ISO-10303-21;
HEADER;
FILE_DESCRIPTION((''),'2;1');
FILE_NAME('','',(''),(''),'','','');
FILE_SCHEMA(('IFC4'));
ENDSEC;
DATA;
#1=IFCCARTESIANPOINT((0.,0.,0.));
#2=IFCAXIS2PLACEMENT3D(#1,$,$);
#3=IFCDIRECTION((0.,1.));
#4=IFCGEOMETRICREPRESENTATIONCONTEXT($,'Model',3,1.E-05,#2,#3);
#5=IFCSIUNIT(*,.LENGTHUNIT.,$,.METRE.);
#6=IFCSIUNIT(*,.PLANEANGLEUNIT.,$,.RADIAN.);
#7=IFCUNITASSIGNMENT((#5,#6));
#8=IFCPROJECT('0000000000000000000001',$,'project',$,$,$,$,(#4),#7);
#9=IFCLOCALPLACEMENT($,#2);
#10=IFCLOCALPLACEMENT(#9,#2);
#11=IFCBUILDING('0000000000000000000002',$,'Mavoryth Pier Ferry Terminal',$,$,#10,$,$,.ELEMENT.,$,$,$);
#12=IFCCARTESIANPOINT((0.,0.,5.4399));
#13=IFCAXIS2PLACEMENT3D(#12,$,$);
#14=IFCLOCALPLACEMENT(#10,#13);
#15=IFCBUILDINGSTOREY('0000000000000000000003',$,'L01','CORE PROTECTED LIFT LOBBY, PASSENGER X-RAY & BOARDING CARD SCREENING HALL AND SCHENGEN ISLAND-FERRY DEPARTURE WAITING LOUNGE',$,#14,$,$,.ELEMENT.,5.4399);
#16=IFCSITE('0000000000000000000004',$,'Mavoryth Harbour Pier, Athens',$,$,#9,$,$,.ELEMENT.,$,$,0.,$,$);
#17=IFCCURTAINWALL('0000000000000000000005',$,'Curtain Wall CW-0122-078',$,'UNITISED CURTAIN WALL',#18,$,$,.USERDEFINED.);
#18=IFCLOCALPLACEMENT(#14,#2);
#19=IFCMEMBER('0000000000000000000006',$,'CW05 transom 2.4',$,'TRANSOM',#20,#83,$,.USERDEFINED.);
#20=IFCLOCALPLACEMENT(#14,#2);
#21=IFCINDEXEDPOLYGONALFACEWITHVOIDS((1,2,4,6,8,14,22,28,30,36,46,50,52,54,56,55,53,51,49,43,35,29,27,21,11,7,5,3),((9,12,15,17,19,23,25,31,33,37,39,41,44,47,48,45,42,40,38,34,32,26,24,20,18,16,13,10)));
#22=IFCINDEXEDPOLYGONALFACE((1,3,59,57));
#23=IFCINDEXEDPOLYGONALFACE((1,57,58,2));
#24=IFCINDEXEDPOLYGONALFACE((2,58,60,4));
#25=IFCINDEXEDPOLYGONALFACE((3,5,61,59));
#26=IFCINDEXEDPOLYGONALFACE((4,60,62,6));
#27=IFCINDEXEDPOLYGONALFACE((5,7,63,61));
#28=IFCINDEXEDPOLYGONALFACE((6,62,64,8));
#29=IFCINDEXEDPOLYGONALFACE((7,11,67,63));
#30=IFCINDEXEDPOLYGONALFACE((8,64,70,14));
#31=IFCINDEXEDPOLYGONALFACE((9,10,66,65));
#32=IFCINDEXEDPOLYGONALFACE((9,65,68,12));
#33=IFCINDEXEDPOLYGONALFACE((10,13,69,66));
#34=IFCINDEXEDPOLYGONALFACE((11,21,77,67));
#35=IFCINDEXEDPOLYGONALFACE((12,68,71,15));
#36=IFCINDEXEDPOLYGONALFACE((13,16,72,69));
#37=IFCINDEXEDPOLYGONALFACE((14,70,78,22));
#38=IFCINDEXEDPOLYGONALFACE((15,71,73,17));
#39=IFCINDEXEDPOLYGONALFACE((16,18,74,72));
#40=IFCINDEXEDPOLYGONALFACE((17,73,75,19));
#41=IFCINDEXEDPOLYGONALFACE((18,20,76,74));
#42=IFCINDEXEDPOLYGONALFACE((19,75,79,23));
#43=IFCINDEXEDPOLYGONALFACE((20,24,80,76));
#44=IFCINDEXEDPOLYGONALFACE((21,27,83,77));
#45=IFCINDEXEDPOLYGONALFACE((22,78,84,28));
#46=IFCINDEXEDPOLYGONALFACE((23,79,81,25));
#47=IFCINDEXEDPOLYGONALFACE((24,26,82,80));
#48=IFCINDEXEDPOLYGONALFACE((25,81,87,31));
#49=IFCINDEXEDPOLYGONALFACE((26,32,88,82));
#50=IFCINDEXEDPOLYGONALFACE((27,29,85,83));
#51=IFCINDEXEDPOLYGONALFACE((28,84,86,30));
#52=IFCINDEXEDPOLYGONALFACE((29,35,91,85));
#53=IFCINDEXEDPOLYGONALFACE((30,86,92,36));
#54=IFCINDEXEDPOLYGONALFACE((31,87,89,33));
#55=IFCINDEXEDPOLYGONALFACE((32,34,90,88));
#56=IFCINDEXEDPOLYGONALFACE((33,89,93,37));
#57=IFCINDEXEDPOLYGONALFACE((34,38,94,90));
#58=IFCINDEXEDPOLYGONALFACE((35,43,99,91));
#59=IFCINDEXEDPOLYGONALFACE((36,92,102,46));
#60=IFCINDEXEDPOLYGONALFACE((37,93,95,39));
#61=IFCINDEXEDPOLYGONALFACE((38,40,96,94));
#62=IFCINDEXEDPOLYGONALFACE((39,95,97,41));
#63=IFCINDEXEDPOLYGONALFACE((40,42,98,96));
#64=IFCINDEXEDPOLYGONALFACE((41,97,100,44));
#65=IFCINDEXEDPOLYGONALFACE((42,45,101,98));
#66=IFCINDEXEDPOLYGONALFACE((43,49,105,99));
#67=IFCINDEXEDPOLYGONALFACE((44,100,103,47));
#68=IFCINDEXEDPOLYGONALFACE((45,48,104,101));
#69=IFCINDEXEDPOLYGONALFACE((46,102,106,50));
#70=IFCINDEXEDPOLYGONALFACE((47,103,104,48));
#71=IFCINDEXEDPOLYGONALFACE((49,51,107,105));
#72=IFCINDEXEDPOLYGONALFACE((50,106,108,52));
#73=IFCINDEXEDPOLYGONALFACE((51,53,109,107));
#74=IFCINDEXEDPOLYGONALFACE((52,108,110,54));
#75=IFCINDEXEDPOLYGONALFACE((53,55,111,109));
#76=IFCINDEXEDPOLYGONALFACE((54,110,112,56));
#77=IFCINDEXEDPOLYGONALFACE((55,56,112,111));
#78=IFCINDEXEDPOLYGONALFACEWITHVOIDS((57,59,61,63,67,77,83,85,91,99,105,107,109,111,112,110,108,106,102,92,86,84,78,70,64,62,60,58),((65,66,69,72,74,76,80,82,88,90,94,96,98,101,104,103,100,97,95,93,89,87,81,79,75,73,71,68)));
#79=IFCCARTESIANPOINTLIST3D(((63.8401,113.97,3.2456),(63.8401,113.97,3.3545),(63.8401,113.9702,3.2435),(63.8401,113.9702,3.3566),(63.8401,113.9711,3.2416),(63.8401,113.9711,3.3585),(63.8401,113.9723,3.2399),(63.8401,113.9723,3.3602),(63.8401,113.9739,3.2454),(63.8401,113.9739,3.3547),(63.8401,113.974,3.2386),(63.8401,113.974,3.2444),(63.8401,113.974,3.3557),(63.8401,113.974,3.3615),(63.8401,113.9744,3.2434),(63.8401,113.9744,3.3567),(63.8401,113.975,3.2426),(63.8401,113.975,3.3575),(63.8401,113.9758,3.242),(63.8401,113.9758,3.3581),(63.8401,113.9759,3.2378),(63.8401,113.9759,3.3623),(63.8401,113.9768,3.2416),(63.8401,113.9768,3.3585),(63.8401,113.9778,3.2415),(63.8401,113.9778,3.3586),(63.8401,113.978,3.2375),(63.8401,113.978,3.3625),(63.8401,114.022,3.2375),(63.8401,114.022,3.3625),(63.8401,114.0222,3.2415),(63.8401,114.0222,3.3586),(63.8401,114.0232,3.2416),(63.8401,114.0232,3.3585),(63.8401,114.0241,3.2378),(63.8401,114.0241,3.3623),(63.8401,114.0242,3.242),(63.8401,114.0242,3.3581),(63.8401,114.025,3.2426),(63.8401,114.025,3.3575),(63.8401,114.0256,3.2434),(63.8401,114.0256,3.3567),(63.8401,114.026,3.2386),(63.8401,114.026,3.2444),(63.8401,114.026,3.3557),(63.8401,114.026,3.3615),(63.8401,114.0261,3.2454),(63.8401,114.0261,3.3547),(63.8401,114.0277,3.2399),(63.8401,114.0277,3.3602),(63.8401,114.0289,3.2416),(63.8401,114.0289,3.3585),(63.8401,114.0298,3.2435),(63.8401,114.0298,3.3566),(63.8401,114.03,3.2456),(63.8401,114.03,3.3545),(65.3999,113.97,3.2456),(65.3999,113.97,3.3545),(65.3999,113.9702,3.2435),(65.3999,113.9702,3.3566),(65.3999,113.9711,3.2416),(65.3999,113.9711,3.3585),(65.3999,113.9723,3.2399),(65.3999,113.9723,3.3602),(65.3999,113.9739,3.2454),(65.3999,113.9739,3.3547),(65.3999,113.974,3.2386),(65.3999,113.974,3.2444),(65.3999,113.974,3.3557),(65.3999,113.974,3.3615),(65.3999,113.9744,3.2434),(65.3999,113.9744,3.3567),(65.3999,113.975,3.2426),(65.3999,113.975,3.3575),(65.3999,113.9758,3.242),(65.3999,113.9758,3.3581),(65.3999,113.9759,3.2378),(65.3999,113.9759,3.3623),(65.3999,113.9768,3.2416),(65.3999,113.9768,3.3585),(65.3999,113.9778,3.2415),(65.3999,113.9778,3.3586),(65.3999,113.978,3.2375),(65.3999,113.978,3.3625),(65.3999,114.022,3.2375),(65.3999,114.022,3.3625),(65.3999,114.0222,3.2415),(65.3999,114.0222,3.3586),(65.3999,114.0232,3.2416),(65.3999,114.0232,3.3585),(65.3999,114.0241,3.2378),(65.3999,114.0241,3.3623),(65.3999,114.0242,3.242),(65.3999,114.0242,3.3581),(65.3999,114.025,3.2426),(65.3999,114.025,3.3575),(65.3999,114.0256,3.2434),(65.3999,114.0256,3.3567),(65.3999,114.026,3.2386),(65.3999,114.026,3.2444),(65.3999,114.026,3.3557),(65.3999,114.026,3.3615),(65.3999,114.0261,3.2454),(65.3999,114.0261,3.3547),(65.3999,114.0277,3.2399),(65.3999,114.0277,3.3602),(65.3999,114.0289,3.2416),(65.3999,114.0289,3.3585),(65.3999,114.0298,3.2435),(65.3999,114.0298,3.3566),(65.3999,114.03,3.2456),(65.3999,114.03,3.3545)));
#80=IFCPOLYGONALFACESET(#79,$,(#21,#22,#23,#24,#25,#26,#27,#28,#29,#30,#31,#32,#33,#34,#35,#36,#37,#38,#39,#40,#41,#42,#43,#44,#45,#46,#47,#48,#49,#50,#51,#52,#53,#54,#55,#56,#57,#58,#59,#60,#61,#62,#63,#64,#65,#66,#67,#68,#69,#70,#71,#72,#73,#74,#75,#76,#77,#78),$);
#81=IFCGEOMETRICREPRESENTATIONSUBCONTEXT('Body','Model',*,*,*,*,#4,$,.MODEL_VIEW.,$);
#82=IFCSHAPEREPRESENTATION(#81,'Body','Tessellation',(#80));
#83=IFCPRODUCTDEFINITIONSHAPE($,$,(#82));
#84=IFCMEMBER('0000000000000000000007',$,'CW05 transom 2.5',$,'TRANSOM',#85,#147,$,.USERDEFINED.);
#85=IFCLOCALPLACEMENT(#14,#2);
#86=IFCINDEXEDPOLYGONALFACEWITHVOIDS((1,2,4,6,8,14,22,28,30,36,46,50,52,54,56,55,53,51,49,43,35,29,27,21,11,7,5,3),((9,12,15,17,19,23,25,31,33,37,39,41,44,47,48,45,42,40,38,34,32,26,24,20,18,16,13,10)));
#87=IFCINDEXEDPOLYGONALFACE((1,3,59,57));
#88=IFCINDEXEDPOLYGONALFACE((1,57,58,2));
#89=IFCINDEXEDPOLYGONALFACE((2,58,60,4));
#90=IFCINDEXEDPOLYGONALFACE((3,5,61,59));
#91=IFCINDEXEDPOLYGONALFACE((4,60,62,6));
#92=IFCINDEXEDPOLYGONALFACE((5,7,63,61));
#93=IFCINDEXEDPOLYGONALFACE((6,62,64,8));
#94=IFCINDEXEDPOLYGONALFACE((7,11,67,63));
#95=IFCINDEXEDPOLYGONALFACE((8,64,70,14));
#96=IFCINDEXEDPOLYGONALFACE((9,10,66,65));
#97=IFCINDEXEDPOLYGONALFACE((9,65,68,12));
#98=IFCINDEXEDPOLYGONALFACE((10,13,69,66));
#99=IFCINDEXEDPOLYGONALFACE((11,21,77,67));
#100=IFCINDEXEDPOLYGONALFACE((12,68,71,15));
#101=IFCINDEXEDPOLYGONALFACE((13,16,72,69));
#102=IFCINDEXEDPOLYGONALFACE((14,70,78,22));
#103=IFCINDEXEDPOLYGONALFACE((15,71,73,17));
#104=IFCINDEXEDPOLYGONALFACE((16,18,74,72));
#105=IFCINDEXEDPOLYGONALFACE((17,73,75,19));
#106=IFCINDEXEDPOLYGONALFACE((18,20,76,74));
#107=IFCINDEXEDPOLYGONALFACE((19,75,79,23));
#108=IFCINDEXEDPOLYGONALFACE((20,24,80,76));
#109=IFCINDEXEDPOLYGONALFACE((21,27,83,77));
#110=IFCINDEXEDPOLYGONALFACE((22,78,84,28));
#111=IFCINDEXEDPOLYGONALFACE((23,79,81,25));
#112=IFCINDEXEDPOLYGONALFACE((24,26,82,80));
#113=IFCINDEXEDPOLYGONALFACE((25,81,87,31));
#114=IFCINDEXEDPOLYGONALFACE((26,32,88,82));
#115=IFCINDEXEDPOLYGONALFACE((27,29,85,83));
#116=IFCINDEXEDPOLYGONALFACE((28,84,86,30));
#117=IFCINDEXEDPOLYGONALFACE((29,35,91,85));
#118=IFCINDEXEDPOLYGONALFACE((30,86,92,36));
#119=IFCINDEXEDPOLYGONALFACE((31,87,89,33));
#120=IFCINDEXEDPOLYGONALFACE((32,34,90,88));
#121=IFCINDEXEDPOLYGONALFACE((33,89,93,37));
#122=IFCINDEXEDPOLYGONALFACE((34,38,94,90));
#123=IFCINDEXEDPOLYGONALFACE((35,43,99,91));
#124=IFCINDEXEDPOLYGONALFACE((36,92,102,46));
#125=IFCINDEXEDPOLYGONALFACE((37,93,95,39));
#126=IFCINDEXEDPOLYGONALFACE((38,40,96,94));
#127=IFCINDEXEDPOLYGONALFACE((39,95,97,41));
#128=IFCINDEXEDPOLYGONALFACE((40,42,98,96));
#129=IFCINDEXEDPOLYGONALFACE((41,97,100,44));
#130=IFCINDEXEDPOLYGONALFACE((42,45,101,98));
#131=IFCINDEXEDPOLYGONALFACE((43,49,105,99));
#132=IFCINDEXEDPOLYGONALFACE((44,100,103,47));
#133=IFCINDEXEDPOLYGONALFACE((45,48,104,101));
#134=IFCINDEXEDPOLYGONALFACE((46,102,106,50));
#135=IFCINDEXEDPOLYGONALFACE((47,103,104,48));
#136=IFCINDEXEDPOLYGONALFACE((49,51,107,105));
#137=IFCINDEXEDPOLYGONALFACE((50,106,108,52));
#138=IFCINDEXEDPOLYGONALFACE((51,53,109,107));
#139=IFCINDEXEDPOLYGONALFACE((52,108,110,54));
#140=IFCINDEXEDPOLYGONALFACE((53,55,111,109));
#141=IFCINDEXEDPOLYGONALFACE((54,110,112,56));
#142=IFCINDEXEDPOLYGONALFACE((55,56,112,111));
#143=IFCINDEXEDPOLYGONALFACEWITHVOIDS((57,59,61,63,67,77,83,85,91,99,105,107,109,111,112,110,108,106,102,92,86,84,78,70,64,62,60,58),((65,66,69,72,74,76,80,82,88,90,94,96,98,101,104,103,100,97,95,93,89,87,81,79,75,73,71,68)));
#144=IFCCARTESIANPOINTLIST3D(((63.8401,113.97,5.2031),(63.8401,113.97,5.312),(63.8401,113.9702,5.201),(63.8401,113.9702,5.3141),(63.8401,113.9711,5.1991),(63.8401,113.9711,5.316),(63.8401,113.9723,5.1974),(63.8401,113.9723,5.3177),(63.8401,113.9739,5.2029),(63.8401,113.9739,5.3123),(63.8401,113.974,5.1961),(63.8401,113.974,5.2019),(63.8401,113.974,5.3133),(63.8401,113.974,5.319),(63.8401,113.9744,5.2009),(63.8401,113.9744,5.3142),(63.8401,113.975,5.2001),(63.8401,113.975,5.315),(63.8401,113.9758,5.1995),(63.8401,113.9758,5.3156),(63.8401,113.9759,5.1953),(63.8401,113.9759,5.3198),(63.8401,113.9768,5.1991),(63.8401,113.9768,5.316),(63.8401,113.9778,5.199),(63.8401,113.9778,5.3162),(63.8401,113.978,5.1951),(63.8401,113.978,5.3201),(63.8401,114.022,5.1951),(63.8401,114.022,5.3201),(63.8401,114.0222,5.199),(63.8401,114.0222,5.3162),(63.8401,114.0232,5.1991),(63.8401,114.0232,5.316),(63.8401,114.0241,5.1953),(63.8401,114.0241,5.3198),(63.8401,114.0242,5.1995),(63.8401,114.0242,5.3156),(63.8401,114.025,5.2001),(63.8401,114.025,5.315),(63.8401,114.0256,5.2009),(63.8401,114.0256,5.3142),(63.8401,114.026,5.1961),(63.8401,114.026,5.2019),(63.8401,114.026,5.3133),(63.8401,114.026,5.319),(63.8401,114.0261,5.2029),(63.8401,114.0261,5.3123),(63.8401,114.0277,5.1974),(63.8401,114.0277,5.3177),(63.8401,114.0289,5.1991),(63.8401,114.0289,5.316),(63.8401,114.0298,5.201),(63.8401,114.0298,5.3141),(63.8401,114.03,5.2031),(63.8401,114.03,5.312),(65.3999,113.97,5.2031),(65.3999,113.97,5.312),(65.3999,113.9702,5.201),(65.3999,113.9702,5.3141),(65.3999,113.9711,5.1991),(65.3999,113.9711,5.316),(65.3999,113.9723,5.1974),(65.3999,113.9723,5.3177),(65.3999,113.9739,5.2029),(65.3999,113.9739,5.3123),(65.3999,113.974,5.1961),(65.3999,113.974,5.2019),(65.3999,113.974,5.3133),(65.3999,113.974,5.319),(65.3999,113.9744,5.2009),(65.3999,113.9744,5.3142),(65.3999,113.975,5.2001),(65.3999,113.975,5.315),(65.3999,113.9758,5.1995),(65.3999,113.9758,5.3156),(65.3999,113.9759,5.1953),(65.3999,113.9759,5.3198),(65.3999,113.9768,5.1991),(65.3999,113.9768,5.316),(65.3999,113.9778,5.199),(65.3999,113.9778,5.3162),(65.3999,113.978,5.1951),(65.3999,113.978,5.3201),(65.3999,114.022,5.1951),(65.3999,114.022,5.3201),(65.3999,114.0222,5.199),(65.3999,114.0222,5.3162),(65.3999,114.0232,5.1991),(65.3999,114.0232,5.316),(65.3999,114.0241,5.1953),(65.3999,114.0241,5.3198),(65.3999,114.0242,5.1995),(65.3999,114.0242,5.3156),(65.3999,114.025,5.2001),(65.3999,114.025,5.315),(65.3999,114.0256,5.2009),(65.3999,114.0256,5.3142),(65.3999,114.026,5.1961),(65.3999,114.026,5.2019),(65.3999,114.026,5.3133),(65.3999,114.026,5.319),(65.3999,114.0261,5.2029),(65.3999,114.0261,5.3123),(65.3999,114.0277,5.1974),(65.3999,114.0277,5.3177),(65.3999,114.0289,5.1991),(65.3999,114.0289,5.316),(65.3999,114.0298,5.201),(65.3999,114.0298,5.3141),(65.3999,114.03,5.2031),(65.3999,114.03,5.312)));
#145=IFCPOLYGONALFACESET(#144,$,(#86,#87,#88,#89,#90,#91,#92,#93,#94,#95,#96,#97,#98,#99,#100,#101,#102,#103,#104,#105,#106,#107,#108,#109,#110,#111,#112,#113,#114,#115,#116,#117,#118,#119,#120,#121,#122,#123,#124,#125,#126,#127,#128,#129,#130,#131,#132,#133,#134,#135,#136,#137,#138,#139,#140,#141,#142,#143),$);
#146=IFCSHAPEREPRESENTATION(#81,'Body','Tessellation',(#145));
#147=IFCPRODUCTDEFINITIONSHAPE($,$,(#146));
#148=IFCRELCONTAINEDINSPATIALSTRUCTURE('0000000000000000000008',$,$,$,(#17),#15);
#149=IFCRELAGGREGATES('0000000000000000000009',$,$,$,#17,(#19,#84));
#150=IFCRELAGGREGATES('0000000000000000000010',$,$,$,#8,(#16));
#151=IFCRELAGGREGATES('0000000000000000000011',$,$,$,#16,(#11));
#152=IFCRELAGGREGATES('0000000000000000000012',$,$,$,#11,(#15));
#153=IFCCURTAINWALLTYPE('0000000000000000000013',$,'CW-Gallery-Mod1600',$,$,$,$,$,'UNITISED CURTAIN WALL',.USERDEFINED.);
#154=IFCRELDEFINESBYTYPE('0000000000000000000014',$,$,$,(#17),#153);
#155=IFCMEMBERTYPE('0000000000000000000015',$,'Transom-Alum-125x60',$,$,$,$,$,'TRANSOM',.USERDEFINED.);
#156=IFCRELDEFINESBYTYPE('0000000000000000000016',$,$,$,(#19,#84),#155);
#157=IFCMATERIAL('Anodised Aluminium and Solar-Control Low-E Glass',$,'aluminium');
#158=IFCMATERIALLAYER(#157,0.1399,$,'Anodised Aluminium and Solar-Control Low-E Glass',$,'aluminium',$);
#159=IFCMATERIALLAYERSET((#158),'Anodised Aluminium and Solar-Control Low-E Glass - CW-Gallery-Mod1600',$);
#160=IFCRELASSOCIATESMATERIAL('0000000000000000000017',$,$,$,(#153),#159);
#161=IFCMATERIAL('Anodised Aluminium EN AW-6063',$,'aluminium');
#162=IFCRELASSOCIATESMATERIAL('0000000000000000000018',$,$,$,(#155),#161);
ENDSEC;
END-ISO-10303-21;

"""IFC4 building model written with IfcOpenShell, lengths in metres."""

from ifc_helpers import new_model, si_unit, direction, frame, origin, origin_2d, place, context, subcontext, project, spatial, hollow_rectangle, extrude, material, layer, layer_set, material_profile, profile_set, type_object, element, aggregate, save


model = new_model("IFC4")

# Units and contexts
model_context = context("Model", 3, precision=1e-05, world=origin(), true_north=direction((0.0, 1.0)))
body_context = subcontext(model_context, "Body", "Model", "MODEL_VIEW")
ifc_project = project(units=[si_unit("LENGTHUNIT", "METRE"), si_unit("PLANEANGLEUNIT", "RADIAN")], contexts=[model_context])

# Site, building, storey
site_placement = place(None, origin())
site = spatial("IfcSite", under=ifc_project, at=site_placement, Name="Mavoryth Harbour Pier, Athens", CompositionType="ELEMENT", RefElevation=0.0)
building_placement = place(site_placement, origin())
building = spatial("IfcBuilding", under=site, at=building_placement, Name="Mavoryth Pier Ferry Terminal", CompositionType="ELEMENT")
storey_placement = place(building_placement, frame((0.0, 0.0, 5.4399)))
storey = spatial("IfcBuildingStorey", under=building, at=storey_placement, Name="L01", Description="CORE PROTECTED LIFT LOBBY, PASSENGER X-RAY & BOARDING CARD SCREENING HALL AND SCHENGEN ISLAND-FERRY DEPARTURE WAITING LOUNGE", CompositionType="ELEMENT", Elevation=5.4399)

# Curtain wall
ifc_material_1 = material(Name="Anodised Aluminium and Solar-Control Low-E Glass", Category="aluminium")
ifc_layer_1 = layer(ifc_material_1, 0.1399, Name="Anodised Aluminium and Solar-Control Low-E Glass", Category="aluminium")
ifc_layer_set_1 = layer_set([ifc_layer_1], Name="Anodised Aluminium and Solar-Control Low-E Glass - CW-Gallery-Mod1600")
curtain_wall_type = type_object("IfcCurtainWallType", Name="CW-Gallery-Mod1600", ElementType="UNITISED CURTAIN WALL", PredefinedType="USERDEFINED", material=ifc_layer_set_1)
curtain_wall_placement = place(storey_placement, origin())
curtain_wall = element("IfcCurtainWall", 1, at=curtain_wall_placement, inside=storey, type_object=curtain_wall_type, Name="Curtain Wall CW-0122-078", ObjectType="UNITISED CURTAIN WALL", PredefinedType="USERDEFINED")
ifc_material_2 = material(Name="Anodised Aluminium EN AW-6063", Category="aluminium")

# Members
ifc_material_profile_1 = material_profile(ifc_material_2, hollow_rectangle(XDim=0.0601, YDim=0.125, WallThickness=0.0039, InnerFilletRadius=0.0039, OuterFilletRadius=0.0081, at=origin_2d()), Name="AL-TRAN 125x60x4", Category="aluminium")
ifc_profile_set_1 = profile_set([ifc_material_profile_1], Name="Anodised Aluminium EN AW-6063 - AL-TRAN 125x60x4")
member_type_1 = type_object("IfcMemberType", Name="Transom-Alum-125x60", ElementType="TRANSOM", PredefinedType="USERDEFINED", material=ifc_profile_set_1)
member_1_placement = place(storey_placement, frame((65.3999, 114.0, 3.3), z_axis=(-1.0, 0.0, 0.0), x_axis=(0.0, -1.0, 0.0)))
member_1 = element("IfcMember", 2, at=member_1_placement, type_object=member_type_1, Name="CW05 transom 2.4", ObjectType="TRANSOM", PredefinedType="USERDEFINED", context=body_context, shape_type="SweptSolid", body=[
    extrude(hollow_rectangle(XDim=0.0601, YDim=0.125, WallThickness=0.0039, InnerFilletRadius=0.0039, OuterFilletRadius=0.0081, at=origin_2d()), origin(), (0.0, 0.0, 1.0), 1.5598),
])
member_2_placement = place(storey_placement, frame((65.3999, 114.0, 5.2576), z_axis=(-1.0, 0.0, 0.0), x_axis=(0.0, -1.0, 0.0)))
member_2 = element("IfcMember", 3, at=member_2_placement, type_object=member_type_1, Name="CW05 transom 2.5", ObjectType="TRANSOM", PredefinedType="USERDEFINED", context=body_context, shape_type="SweptSolid", body=[
    extrude(hollow_rectangle(XDim=0.0601, YDim=0.125, WallThickness=0.0039, InnerFilletRadius=0.0039, OuterFilletRadius=0.0081, at=origin_2d()), origin(), (0.0, 0.0, 1.0), 1.5598),
])

aggregate(curtain_wall, [member_1, member_2])

save(model, "model.ifc")
